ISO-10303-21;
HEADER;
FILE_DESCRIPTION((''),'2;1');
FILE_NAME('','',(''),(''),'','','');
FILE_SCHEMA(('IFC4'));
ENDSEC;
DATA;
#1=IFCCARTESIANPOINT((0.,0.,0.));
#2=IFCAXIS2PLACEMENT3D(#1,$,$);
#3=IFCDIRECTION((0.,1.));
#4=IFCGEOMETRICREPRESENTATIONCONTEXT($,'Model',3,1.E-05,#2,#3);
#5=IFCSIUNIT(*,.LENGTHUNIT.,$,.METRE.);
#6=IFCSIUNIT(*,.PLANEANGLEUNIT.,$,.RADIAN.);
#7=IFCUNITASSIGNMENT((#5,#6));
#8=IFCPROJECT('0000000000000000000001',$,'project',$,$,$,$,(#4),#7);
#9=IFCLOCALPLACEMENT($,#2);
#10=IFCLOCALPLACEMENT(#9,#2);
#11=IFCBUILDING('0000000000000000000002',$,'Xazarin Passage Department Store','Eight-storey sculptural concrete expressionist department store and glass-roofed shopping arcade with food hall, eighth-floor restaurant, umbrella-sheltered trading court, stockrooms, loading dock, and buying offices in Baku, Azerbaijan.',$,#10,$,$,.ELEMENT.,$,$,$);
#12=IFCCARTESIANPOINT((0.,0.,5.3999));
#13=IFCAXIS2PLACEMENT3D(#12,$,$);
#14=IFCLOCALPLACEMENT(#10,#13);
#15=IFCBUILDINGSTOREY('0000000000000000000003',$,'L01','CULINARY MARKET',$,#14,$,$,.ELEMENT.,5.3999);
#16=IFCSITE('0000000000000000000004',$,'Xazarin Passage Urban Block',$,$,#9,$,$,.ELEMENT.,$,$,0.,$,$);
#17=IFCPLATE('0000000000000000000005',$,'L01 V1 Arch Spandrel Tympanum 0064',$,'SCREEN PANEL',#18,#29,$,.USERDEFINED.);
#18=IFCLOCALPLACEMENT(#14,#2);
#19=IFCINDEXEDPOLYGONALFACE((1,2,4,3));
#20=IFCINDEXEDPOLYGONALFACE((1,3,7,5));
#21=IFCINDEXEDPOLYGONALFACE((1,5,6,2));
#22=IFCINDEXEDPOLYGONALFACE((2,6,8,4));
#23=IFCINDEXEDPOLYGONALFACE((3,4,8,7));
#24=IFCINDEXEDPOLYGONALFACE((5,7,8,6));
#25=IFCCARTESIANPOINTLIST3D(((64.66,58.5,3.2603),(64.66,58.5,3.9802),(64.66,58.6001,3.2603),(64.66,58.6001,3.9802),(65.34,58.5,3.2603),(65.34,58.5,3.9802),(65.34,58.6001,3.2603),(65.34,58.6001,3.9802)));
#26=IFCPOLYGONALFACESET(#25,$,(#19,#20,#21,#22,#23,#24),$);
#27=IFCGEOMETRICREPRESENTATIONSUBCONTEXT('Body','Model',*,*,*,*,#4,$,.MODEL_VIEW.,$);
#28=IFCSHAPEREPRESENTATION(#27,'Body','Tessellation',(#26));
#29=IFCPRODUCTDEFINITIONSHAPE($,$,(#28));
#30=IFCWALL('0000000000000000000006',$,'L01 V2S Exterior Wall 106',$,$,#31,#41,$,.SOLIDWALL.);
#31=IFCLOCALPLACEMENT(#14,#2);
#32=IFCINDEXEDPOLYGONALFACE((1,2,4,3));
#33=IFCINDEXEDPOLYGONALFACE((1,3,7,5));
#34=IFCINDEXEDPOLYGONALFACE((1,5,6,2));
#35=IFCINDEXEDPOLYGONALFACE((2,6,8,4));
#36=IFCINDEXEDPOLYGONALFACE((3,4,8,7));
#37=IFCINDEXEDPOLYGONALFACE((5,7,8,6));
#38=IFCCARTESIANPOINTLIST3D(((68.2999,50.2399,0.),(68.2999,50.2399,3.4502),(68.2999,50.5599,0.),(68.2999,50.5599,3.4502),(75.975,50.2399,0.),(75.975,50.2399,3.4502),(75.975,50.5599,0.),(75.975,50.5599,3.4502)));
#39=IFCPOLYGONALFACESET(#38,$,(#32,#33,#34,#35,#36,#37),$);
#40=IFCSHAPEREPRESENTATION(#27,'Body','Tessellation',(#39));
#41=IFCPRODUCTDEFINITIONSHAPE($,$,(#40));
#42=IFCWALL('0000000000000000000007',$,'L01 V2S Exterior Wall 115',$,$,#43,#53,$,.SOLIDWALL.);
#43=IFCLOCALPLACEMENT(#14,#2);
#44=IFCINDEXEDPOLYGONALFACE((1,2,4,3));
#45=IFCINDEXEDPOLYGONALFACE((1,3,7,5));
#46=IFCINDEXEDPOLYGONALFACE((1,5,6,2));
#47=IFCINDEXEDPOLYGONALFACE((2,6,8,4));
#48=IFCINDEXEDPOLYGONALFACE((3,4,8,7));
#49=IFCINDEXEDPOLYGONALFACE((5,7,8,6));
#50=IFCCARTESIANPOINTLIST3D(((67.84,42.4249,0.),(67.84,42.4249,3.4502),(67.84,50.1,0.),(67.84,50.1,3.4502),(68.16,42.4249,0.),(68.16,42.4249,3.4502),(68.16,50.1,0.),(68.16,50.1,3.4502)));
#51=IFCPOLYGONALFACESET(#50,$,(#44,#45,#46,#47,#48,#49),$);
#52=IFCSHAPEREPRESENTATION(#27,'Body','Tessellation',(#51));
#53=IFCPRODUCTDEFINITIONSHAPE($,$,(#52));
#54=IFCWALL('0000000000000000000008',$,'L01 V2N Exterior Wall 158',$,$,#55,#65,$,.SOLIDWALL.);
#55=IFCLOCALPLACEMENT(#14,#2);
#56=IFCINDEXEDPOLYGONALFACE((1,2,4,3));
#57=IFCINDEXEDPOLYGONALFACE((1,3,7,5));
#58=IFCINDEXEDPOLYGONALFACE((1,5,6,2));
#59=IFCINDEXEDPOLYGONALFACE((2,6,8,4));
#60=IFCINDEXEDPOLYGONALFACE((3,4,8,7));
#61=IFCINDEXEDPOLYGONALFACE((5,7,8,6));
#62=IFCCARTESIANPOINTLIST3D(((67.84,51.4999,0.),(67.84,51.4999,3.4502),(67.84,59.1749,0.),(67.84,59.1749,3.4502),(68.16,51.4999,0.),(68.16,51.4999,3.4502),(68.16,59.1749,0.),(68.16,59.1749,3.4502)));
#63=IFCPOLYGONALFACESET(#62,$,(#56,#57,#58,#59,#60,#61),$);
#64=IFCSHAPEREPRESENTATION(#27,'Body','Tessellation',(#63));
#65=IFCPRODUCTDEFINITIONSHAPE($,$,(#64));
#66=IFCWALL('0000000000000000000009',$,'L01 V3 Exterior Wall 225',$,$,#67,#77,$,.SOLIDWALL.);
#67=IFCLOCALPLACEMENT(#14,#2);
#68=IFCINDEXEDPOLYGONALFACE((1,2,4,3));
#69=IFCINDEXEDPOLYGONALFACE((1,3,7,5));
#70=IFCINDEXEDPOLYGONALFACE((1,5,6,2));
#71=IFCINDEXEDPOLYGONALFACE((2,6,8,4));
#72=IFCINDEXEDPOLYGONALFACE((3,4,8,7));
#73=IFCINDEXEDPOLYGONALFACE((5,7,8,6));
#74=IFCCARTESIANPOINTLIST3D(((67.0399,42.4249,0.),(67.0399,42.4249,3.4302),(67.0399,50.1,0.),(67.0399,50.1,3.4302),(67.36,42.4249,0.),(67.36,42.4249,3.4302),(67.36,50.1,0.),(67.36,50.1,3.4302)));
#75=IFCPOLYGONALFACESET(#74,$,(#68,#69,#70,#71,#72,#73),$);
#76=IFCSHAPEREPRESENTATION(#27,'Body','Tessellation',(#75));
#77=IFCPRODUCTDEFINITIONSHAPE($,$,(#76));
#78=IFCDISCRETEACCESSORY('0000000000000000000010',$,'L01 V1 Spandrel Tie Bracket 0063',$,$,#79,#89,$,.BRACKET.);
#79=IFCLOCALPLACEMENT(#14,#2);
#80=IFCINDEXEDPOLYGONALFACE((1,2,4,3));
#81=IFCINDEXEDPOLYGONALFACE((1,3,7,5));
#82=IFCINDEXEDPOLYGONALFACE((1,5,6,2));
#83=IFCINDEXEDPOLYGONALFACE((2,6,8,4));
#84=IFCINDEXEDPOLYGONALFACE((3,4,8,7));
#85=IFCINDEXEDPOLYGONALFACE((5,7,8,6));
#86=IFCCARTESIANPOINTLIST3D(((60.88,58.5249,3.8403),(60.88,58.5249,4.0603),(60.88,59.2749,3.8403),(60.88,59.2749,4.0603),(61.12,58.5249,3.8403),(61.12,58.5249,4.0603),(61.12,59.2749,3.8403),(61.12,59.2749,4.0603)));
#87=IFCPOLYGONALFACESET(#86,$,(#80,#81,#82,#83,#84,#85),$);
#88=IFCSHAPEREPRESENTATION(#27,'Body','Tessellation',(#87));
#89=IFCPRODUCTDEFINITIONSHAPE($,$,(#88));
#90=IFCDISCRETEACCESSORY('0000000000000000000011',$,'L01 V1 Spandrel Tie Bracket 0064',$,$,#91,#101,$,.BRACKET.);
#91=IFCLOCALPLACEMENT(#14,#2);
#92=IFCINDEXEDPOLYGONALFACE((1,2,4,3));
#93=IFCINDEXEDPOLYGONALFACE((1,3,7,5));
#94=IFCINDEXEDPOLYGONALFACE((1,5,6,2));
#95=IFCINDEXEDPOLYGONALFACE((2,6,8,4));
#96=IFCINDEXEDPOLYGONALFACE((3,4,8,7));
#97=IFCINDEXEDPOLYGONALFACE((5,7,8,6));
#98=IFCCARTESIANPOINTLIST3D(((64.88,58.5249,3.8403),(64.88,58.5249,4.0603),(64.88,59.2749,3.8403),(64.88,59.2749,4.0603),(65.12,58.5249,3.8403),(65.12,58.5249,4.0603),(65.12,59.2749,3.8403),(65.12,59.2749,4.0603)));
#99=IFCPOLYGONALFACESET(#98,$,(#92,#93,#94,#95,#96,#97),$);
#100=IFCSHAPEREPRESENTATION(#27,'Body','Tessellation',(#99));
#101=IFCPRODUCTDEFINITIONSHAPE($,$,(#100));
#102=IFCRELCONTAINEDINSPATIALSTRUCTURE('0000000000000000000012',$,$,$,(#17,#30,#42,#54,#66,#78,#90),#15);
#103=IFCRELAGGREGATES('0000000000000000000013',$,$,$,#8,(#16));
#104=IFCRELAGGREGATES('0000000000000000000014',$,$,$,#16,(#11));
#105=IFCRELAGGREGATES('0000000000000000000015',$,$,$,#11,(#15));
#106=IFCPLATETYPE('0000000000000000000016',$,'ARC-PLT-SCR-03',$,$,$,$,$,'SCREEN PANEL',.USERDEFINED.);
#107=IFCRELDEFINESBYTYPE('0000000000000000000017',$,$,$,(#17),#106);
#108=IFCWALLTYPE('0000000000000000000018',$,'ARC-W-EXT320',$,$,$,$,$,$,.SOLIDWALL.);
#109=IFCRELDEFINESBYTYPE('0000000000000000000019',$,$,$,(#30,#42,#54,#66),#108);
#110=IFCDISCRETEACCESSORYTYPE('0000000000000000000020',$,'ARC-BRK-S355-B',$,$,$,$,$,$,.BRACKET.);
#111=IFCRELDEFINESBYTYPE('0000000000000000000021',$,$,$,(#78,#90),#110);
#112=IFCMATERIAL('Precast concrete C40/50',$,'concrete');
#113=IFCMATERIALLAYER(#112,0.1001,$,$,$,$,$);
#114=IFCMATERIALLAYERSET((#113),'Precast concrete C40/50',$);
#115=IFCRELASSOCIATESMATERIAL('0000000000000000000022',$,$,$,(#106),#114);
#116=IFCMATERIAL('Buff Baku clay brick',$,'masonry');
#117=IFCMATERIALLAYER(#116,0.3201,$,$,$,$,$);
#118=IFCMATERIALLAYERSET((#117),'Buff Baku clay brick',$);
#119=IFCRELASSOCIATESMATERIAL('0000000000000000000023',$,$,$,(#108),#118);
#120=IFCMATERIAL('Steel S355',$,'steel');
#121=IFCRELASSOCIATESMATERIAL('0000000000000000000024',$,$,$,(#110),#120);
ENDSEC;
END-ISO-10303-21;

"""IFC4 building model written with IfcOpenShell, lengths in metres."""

from ifc_helpers import new_model, si_unit, direction, frame, frame_2d, origin, origin_2d, place, context, subcontext, project, spatial, rectangle, extrude, material, layer, layer_set, type_object, element, save


model = new_model("IFC4")

# Units and contexts
model_context = context("Model", 3, precision=1e-05, world=origin(), true_north=direction((0.0, 1.0)))
body_context = subcontext(model_context, "Body", "Model", "MODEL_VIEW")
ifc_project = project(units=[si_unit("LENGTHUNIT", "METRE"), si_unit("PLANEANGLEUNIT", "RADIAN")], contexts=[model_context])

# Site, building, storey
site_placement = place(None, origin())
site = spatial("IfcSite", under=ifc_project, at=site_placement, Name="Xazarin Passage Urban Block", CompositionType="ELEMENT", RefElevation=0.0)
building_placement = place(site_placement, origin())
building = spatial("IfcBuilding", under=site, at=building_placement, Name="Xazarin Passage Department Store", Description="Eight-storey sculptural concrete expressionist department store and glass-roofed shopping arcade with food hall, eighth-floor restaurant, umbrella-sheltered trading court, stockrooms, loading dock, and buying offices in Baku, Azerbaijan.", CompositionType="ELEMENT")
storey_placement = place(building_placement, frame((0.0, 0.0, 5.3999)))
storey = spatial("IfcBuildingStorey", under=building, at=storey_placement, Name="L01", Description="CULINARY MARKET", CompositionType="ELEMENT", Elevation=5.3999)

# Plate
ifc_material_1 = material(Name="Precast concrete C40/50", Category="concrete")
ifc_layer_1 = layer(ifc_material_1, 0.1001)
ifc_layer_set_1 = layer_set([ifc_layer_1], Name="Precast concrete C40/50")
plate_type = type_object("IfcPlateType", Name="ARC-PLT-SCR-03", ElementType="SCREEN PANEL", PredefinedType="USERDEFINED", material=ifc_layer_set_1)
plate_placement = place(storey_placement, frame((65.0, 58.55, 3.2603), z_axis=(0.0, 0.0, 1.0), x_axis=(1.0, 0.0, 0.0)))
element("IfcPlate", 1, at=plate_placement, inside=storey, type_object=plate_type, Name="L01 V1 Arch Spandrel Tympanum 0064", ObjectType="SCREEN PANEL", PredefinedType="USERDEFINED", context=body_context, shape_type="SweptSolid", body=[
    extrude(rectangle(XDim=0.6799, YDim=0.1001, at=origin_2d()), origin(), (0.0, 0.0, 1.0), 0.72),
])

# Walls
ifc_material_2 = material(Name="Buff Baku clay brick", Category="masonry")
ifc_layer_2 = layer(ifc_material_2, 0.3201)
ifc_layer_set_2 = layer_set([ifc_layer_2], Name="Buff Baku clay brick")
wall_type = type_object("IfcWallType", Name="ARC-W-EXT320", PredefinedType="SOLIDWALL", material=ifc_layer_set_2)
for number, where, z_axis, x_axis, name in (
    (2, (68.3, 50.3999, 0.0), (0.0, 0.0, 1.0), (1.0, 0.0, 0.0), "L01 V2S Exterior Wall 106"),
    (3, (68.0, 42.425, 0.0), (0.0, 0.0, 1.0), (0.0, 1.0, 0.0), "L01 V2S Exterior Wall 115"),
    (4, (68.0, 51.5, 0.0), (0.0, 0.0, 1.0), (0.0, 1.0, 0.0), "L01 V2N Exterior Wall 158"),
):
    element("IfcWall", number, at=place(storey_placement, frame(where, z_axis=z_axis, x_axis=x_axis)), inside=storey, type_object=wall_type, Name=name, PredefinedType="SOLIDWALL", context=body_context, shape_type="SweptSolid", body=[
        extrude(rectangle(XDim=7.675, YDim=0.3201, at=frame_2d((3.8374, 0.0))), origin(), (0.0, 0.0, 1.0), 3.4502),
    ])
wall_placement = place(storey_placement, frame((67.2, 42.425, 0.0), z_axis=(0.0, 0.0, 1.0), x_axis=(0.0, 1.0, 0.0)))
element("IfcWall", 5, at=wall_placement, inside=storey, type_object=wall_type, Name="L01 V3 Exterior Wall 225", PredefinedType="SOLIDWALL", context=body_context, shape_type="SweptSolid", body=[
    extrude(rectangle(XDim=7.675, YDim=0.3201, at=frame_2d((3.8374, 0.0))), origin(), (0.0, 0.0, 1.0), 3.4302),
])

# Discrete accessories
ifc_material_3 = material(Name="Steel S355", Category="steel")
discrete_accessory_type = type_object("IfcDiscreteAccessoryType", Name="ARC-BRK-S355-B", PredefinedType="BRACKET", material=ifc_material_3)
for number, where, z_axis, x_axis, name in (
    (6, (61.0, 58.8999, 3.8403), (0.0, 0.0, 1.0), (1.0, 0.0, 0.0), "L01 V1 Spandrel Tie Bracket 0063"),
    (7, (65.0, 58.8999, 3.8403), (0.0, 0.0, 1.0), (1.0, 0.0, 0.0), "L01 V1 Spandrel Tie Bracket 0064"),
):
    element("IfcDiscreteAccessory", number, at=place(storey_placement, frame(where, z_axis=z_axis, x_axis=x_axis)), inside=storey, type_object=discrete_accessory_type, Name=name, PredefinedType="BRACKET", context=body_context, shape_type="SweptSolid", body=[
        extrude(rectangle(XDim=0.24, YDim=0.75, at=origin_2d()), origin(), (0.0, 0.0, 1.0), 0.22),
    ])

save(model, "model.ifc")
